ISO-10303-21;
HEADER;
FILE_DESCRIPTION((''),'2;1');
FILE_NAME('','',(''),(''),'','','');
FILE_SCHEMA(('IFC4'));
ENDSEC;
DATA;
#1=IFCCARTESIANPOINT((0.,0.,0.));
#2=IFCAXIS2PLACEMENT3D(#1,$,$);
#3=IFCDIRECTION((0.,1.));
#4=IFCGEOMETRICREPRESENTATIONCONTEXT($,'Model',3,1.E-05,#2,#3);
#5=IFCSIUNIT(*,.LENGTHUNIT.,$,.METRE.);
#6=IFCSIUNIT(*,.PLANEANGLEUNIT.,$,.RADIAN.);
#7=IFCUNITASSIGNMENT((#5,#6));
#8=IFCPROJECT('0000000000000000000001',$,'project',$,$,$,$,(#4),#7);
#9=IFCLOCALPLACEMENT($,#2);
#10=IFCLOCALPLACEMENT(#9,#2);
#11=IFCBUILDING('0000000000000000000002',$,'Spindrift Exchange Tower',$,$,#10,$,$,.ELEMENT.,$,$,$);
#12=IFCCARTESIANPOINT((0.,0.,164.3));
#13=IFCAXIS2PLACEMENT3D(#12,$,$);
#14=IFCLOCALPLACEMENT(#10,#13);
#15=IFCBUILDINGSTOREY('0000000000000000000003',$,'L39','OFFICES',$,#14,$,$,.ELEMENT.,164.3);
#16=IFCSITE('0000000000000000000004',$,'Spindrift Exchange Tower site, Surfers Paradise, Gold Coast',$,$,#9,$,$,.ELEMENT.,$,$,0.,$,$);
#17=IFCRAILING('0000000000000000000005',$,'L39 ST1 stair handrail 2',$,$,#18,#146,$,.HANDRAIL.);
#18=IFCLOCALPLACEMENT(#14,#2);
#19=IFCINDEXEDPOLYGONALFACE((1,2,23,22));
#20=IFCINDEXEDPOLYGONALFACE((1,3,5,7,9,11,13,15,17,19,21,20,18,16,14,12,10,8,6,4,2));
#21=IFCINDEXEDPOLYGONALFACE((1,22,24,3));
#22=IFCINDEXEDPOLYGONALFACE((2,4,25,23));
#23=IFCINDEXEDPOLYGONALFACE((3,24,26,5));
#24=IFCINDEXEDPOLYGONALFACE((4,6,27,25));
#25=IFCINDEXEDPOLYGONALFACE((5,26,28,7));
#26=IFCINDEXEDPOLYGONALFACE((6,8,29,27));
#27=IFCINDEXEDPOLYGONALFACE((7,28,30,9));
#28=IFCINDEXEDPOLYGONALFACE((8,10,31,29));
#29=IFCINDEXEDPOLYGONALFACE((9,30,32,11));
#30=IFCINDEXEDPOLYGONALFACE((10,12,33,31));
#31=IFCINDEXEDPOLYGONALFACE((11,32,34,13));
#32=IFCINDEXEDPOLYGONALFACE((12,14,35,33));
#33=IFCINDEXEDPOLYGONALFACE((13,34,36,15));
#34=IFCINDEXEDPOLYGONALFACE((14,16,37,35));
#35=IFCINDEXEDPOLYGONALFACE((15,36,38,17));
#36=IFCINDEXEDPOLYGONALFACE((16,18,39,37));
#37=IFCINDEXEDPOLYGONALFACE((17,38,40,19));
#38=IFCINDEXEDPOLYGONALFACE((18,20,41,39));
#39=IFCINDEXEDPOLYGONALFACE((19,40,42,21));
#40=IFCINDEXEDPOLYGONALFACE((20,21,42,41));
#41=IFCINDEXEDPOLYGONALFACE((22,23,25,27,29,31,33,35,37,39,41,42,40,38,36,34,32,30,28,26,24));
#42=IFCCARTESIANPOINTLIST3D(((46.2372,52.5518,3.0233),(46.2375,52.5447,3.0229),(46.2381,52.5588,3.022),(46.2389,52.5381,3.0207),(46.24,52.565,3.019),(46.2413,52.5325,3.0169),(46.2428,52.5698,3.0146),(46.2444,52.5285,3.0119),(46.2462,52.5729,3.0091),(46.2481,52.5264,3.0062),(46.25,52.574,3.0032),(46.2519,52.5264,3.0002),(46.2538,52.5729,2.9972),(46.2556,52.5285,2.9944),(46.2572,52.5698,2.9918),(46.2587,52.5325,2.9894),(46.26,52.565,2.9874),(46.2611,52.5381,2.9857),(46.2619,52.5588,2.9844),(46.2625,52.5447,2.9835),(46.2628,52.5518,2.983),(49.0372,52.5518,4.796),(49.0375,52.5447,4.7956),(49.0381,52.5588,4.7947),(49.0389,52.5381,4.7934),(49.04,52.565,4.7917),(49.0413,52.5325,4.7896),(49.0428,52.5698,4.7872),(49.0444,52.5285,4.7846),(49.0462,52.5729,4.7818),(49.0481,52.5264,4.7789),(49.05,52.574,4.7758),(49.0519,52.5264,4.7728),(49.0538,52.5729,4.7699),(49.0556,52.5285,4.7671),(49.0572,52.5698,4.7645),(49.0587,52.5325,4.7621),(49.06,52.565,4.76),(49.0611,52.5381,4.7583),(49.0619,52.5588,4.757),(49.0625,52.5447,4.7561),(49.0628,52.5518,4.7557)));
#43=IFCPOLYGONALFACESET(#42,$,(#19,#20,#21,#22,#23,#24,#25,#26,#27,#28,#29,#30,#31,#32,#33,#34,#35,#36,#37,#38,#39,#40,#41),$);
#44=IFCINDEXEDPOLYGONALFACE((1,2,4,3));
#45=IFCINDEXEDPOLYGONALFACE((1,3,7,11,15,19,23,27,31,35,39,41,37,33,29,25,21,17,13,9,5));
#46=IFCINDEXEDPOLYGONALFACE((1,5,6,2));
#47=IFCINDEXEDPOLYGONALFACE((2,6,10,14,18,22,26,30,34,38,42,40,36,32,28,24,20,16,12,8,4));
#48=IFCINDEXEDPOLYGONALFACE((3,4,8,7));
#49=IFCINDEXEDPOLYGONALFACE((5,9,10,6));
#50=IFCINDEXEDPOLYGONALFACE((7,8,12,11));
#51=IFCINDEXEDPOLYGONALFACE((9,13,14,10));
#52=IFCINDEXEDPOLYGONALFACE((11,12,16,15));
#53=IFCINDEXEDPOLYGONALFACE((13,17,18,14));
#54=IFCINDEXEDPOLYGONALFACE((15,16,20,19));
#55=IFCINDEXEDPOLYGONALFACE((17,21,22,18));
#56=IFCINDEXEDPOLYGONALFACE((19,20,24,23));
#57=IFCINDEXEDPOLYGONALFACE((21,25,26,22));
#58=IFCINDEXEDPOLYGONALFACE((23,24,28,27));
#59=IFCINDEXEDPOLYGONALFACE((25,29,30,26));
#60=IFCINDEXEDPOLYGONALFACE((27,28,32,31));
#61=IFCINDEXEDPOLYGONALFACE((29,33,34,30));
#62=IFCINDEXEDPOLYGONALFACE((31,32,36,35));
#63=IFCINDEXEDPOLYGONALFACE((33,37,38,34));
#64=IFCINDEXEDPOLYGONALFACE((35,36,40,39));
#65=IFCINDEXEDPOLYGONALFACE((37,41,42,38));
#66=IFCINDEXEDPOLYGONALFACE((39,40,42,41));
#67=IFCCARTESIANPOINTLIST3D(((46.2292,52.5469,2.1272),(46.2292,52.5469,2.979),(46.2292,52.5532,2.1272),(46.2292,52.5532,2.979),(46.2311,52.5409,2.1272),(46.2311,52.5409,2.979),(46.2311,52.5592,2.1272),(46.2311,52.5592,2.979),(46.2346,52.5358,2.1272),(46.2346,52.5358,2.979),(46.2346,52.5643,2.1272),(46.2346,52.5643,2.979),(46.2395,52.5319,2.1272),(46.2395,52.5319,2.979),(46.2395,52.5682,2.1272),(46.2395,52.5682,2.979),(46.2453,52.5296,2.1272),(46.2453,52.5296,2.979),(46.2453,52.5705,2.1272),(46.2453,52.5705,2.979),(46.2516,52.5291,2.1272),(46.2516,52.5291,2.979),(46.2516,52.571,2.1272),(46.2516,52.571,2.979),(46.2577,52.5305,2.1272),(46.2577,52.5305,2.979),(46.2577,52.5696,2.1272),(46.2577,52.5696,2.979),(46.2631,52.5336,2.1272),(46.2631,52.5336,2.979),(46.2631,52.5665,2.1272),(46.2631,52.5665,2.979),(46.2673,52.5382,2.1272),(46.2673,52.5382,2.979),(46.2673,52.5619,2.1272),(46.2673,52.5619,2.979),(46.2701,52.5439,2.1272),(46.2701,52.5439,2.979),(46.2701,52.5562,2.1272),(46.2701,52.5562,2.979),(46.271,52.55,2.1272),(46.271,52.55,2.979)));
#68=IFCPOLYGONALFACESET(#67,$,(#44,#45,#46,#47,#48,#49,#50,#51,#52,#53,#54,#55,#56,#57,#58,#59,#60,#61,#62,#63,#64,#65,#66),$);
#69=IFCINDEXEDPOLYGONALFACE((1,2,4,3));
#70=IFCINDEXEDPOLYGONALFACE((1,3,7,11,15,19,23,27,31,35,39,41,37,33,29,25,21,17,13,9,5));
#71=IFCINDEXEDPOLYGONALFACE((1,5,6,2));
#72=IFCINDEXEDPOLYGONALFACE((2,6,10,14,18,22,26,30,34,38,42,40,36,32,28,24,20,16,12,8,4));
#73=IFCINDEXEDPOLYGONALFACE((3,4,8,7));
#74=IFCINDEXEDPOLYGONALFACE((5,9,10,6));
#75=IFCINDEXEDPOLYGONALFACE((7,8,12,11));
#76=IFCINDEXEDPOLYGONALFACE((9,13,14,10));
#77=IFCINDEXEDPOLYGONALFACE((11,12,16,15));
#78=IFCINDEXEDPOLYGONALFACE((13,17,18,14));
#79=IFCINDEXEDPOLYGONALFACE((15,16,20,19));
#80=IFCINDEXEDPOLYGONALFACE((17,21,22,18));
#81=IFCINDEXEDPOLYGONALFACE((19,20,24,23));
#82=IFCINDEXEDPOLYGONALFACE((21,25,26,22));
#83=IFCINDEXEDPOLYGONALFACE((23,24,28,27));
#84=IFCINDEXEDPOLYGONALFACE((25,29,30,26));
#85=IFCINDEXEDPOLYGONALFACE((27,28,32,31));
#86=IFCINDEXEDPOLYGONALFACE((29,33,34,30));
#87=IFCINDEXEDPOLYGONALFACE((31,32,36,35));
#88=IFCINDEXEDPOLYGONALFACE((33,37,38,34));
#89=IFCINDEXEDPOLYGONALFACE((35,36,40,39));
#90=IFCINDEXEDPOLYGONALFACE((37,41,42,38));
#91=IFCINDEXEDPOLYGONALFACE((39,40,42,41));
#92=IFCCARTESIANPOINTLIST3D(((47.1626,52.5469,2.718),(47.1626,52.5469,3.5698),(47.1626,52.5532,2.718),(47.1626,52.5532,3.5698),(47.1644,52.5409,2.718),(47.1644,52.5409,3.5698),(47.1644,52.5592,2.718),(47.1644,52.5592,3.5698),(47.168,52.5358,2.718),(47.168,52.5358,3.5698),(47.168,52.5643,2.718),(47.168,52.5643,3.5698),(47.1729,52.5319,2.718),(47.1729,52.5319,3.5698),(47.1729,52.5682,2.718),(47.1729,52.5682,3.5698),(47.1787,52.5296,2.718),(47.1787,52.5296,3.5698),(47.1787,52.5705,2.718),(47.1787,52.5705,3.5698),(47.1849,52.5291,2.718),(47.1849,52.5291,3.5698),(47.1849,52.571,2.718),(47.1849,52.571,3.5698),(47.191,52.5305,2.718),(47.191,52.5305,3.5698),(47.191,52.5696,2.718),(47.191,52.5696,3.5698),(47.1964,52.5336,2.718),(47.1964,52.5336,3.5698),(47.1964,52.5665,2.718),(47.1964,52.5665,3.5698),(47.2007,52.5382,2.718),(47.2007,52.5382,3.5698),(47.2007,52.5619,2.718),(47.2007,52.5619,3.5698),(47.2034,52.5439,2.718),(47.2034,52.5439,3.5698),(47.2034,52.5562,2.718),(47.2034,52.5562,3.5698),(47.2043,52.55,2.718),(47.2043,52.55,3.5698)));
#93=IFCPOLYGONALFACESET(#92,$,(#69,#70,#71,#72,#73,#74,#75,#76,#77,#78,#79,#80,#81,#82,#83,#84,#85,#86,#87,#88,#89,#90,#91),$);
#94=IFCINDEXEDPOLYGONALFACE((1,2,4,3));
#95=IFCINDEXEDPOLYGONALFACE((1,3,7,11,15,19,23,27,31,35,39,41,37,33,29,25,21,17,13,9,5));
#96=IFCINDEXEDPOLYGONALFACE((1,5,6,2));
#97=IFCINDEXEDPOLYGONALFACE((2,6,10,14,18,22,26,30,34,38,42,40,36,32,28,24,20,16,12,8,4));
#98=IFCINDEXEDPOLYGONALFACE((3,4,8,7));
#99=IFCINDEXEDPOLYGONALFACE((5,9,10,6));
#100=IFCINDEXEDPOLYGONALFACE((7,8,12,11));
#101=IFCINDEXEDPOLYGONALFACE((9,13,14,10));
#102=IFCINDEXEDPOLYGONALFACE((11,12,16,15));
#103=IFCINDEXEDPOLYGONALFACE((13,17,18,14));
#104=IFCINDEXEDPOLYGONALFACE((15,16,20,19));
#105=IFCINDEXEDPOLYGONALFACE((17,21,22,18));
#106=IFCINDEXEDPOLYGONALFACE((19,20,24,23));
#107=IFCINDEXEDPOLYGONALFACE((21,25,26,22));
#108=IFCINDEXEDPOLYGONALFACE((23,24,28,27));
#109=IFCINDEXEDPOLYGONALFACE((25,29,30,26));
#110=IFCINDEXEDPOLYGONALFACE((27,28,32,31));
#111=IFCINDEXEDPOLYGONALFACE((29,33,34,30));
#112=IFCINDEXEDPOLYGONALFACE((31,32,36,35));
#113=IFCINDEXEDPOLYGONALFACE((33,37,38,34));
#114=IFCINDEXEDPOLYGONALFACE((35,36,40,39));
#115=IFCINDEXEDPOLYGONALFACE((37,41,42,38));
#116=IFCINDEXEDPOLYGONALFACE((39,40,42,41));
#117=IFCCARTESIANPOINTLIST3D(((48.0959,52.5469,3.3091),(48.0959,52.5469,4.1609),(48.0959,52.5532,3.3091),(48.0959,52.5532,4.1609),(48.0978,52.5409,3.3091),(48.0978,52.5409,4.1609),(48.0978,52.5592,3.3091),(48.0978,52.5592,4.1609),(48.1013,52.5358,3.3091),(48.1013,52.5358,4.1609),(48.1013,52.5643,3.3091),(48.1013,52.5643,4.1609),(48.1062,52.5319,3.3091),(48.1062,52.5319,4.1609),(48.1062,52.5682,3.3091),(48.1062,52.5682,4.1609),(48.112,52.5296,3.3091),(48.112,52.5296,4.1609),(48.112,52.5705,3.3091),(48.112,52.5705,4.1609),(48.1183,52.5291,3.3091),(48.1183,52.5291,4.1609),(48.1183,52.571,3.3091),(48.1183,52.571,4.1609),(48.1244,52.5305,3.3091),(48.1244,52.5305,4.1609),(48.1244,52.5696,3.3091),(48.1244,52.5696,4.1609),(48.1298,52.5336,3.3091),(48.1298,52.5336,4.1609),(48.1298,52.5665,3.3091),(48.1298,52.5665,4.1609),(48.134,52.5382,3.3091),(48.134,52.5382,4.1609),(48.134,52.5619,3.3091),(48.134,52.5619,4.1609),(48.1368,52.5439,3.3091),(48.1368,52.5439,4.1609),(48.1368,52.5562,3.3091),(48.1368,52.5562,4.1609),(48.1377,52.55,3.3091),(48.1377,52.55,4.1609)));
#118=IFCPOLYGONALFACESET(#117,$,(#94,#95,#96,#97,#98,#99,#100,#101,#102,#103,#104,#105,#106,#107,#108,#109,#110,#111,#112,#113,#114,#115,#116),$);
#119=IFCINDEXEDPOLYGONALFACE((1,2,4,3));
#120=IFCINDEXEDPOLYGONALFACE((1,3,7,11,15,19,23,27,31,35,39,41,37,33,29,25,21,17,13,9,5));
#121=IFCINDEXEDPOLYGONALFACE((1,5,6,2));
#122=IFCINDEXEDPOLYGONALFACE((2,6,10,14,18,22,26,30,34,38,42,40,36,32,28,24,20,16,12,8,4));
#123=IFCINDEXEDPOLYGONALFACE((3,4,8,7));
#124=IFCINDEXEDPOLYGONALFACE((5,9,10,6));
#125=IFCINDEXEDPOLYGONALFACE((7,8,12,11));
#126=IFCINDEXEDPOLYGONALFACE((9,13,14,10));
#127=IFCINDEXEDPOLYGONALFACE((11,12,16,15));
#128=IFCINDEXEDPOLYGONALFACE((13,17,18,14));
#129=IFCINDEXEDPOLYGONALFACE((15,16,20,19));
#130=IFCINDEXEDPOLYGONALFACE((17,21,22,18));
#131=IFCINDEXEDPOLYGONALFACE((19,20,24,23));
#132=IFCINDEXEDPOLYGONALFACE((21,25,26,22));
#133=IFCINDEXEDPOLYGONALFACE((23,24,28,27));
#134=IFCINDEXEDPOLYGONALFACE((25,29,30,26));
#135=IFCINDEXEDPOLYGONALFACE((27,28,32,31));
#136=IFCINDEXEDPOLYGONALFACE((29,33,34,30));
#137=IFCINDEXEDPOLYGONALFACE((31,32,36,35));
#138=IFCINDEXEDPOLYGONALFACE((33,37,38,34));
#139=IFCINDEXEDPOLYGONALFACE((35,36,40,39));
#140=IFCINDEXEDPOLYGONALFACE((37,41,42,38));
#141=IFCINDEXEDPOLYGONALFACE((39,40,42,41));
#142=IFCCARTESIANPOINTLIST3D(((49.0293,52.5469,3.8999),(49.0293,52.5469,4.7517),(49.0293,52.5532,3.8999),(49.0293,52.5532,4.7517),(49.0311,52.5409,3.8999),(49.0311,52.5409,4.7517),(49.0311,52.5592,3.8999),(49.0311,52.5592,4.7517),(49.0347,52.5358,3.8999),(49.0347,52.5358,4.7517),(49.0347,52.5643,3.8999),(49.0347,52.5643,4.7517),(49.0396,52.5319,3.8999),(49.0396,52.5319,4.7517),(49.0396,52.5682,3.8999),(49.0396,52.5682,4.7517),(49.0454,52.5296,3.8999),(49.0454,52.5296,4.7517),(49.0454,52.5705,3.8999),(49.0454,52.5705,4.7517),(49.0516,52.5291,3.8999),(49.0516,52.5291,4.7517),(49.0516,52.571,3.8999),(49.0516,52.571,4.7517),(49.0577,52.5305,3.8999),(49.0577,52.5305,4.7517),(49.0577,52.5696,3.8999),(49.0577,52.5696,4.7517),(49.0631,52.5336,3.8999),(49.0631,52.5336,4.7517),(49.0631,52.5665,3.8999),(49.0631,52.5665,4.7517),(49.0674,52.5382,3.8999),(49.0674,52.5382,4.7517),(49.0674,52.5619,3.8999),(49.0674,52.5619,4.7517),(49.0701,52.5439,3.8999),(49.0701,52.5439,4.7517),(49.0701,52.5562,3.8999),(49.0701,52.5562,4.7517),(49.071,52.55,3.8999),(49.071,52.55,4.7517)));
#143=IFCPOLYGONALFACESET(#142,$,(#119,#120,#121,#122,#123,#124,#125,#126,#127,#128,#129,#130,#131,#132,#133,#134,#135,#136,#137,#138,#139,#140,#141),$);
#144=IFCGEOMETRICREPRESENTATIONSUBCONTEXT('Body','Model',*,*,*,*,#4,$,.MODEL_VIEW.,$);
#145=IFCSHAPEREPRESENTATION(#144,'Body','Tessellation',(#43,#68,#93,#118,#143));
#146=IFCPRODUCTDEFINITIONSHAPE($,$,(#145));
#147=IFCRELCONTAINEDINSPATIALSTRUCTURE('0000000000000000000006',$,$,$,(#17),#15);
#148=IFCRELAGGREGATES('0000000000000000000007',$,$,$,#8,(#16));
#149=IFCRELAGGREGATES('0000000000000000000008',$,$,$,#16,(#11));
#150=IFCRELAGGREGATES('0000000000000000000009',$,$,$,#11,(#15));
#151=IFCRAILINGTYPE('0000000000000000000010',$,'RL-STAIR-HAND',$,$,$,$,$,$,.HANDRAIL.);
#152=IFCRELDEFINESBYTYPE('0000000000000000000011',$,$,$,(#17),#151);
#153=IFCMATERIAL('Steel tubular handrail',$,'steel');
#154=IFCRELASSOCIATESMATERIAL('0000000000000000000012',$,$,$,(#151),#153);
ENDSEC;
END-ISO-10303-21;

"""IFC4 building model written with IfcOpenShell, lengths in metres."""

from ifc_helpers import new_model, si_unit, direction, frame, origin, origin_2d, place, context, subcontext, project, spatial, circle, extrude, material, type_object, element, save


model = new_model("IFC4")

# Units and contexts
model_context = context("Model", 3, precision=1e-05, world=origin(), true_north=direction((0.0, 1.0)))
body_context = subcontext(model_context, "Body", "Model", "MODEL_VIEW")
ifc_project = project(units=[si_unit("LENGTHUNIT", "METRE"), si_unit("PLANEANGLEUNIT", "RADIAN")], contexts=[model_context])

# Site, building, storey
site_placement = place(None, origin())
site = spatial("IfcSite", under=ifc_project, at=site_placement, Name="Spindrift Exchange Tower site, Surfers Paradise, Gold Coast", CompositionType="ELEMENT", RefElevation=0.0)
building_placement = place(site_placement, origin())
building = spatial("IfcBuilding", under=site, at=building_placement, Name="Spindrift Exchange Tower", CompositionType="ELEMENT")
storey_placement = place(building_placement, frame((0.0, 0.0, 164.3)))
storey = spatial("IfcBuildingStorey", under=building, at=storey_placement, Name="L39", Description="OFFICES", CompositionType="ELEMENT", Elevation=164.3)

# Railing
ifc_material_1 = material(Name="Steel tubular handrail", Category="steel")
railing_type_1 = type_object("IfcRailingType", Name="RL-STAIR-HAND", PredefinedType="HANDRAIL", material=ifc_material_1)
railing_1_placement = place(storey_placement, frame((46.25, 52.55, 2.1272)))
element("IfcRailing", 1, at=railing_1_placement, inside=storey, type_object=railing_type_1, Name="L39 ST1 stair handrail 2", PredefinedType="HANDRAIL", context=body_context, shape_type="SweptSolid", body=[
    extrude(circle(Radius=0.0239, at=origin_2d()), frame((0.0, 0.0, 0.876), z_axis=(0.844909, 0.0, 0.53491), x_axis=(0.0, 1.0, 0.0)), (0.0, 0.0, 1.0), 3.314),
    extrude(circle(Radius=0.021, at=origin_2d()), origin(), (0.0, 0.0, 1.0), 0.8518),
    extrude(circle(Radius=0.021, at=origin_2d()), frame((0.9333, 0.0, 0.5908)), (0.0, 0.0, 1.0), 0.8518),
    extrude(circle(Radius=0.021, at=origin_2d()), frame((1.8667, 0.0, 1.1819)), (0.0, 0.0, 1.0), 0.8518),
    extrude(circle(Radius=0.021, at=origin_2d()), frame((2.8, 0.0, 1.7727)), (0.0, 0.0, 1.0), 0.8518),
])

save(model, "model.ifc")
